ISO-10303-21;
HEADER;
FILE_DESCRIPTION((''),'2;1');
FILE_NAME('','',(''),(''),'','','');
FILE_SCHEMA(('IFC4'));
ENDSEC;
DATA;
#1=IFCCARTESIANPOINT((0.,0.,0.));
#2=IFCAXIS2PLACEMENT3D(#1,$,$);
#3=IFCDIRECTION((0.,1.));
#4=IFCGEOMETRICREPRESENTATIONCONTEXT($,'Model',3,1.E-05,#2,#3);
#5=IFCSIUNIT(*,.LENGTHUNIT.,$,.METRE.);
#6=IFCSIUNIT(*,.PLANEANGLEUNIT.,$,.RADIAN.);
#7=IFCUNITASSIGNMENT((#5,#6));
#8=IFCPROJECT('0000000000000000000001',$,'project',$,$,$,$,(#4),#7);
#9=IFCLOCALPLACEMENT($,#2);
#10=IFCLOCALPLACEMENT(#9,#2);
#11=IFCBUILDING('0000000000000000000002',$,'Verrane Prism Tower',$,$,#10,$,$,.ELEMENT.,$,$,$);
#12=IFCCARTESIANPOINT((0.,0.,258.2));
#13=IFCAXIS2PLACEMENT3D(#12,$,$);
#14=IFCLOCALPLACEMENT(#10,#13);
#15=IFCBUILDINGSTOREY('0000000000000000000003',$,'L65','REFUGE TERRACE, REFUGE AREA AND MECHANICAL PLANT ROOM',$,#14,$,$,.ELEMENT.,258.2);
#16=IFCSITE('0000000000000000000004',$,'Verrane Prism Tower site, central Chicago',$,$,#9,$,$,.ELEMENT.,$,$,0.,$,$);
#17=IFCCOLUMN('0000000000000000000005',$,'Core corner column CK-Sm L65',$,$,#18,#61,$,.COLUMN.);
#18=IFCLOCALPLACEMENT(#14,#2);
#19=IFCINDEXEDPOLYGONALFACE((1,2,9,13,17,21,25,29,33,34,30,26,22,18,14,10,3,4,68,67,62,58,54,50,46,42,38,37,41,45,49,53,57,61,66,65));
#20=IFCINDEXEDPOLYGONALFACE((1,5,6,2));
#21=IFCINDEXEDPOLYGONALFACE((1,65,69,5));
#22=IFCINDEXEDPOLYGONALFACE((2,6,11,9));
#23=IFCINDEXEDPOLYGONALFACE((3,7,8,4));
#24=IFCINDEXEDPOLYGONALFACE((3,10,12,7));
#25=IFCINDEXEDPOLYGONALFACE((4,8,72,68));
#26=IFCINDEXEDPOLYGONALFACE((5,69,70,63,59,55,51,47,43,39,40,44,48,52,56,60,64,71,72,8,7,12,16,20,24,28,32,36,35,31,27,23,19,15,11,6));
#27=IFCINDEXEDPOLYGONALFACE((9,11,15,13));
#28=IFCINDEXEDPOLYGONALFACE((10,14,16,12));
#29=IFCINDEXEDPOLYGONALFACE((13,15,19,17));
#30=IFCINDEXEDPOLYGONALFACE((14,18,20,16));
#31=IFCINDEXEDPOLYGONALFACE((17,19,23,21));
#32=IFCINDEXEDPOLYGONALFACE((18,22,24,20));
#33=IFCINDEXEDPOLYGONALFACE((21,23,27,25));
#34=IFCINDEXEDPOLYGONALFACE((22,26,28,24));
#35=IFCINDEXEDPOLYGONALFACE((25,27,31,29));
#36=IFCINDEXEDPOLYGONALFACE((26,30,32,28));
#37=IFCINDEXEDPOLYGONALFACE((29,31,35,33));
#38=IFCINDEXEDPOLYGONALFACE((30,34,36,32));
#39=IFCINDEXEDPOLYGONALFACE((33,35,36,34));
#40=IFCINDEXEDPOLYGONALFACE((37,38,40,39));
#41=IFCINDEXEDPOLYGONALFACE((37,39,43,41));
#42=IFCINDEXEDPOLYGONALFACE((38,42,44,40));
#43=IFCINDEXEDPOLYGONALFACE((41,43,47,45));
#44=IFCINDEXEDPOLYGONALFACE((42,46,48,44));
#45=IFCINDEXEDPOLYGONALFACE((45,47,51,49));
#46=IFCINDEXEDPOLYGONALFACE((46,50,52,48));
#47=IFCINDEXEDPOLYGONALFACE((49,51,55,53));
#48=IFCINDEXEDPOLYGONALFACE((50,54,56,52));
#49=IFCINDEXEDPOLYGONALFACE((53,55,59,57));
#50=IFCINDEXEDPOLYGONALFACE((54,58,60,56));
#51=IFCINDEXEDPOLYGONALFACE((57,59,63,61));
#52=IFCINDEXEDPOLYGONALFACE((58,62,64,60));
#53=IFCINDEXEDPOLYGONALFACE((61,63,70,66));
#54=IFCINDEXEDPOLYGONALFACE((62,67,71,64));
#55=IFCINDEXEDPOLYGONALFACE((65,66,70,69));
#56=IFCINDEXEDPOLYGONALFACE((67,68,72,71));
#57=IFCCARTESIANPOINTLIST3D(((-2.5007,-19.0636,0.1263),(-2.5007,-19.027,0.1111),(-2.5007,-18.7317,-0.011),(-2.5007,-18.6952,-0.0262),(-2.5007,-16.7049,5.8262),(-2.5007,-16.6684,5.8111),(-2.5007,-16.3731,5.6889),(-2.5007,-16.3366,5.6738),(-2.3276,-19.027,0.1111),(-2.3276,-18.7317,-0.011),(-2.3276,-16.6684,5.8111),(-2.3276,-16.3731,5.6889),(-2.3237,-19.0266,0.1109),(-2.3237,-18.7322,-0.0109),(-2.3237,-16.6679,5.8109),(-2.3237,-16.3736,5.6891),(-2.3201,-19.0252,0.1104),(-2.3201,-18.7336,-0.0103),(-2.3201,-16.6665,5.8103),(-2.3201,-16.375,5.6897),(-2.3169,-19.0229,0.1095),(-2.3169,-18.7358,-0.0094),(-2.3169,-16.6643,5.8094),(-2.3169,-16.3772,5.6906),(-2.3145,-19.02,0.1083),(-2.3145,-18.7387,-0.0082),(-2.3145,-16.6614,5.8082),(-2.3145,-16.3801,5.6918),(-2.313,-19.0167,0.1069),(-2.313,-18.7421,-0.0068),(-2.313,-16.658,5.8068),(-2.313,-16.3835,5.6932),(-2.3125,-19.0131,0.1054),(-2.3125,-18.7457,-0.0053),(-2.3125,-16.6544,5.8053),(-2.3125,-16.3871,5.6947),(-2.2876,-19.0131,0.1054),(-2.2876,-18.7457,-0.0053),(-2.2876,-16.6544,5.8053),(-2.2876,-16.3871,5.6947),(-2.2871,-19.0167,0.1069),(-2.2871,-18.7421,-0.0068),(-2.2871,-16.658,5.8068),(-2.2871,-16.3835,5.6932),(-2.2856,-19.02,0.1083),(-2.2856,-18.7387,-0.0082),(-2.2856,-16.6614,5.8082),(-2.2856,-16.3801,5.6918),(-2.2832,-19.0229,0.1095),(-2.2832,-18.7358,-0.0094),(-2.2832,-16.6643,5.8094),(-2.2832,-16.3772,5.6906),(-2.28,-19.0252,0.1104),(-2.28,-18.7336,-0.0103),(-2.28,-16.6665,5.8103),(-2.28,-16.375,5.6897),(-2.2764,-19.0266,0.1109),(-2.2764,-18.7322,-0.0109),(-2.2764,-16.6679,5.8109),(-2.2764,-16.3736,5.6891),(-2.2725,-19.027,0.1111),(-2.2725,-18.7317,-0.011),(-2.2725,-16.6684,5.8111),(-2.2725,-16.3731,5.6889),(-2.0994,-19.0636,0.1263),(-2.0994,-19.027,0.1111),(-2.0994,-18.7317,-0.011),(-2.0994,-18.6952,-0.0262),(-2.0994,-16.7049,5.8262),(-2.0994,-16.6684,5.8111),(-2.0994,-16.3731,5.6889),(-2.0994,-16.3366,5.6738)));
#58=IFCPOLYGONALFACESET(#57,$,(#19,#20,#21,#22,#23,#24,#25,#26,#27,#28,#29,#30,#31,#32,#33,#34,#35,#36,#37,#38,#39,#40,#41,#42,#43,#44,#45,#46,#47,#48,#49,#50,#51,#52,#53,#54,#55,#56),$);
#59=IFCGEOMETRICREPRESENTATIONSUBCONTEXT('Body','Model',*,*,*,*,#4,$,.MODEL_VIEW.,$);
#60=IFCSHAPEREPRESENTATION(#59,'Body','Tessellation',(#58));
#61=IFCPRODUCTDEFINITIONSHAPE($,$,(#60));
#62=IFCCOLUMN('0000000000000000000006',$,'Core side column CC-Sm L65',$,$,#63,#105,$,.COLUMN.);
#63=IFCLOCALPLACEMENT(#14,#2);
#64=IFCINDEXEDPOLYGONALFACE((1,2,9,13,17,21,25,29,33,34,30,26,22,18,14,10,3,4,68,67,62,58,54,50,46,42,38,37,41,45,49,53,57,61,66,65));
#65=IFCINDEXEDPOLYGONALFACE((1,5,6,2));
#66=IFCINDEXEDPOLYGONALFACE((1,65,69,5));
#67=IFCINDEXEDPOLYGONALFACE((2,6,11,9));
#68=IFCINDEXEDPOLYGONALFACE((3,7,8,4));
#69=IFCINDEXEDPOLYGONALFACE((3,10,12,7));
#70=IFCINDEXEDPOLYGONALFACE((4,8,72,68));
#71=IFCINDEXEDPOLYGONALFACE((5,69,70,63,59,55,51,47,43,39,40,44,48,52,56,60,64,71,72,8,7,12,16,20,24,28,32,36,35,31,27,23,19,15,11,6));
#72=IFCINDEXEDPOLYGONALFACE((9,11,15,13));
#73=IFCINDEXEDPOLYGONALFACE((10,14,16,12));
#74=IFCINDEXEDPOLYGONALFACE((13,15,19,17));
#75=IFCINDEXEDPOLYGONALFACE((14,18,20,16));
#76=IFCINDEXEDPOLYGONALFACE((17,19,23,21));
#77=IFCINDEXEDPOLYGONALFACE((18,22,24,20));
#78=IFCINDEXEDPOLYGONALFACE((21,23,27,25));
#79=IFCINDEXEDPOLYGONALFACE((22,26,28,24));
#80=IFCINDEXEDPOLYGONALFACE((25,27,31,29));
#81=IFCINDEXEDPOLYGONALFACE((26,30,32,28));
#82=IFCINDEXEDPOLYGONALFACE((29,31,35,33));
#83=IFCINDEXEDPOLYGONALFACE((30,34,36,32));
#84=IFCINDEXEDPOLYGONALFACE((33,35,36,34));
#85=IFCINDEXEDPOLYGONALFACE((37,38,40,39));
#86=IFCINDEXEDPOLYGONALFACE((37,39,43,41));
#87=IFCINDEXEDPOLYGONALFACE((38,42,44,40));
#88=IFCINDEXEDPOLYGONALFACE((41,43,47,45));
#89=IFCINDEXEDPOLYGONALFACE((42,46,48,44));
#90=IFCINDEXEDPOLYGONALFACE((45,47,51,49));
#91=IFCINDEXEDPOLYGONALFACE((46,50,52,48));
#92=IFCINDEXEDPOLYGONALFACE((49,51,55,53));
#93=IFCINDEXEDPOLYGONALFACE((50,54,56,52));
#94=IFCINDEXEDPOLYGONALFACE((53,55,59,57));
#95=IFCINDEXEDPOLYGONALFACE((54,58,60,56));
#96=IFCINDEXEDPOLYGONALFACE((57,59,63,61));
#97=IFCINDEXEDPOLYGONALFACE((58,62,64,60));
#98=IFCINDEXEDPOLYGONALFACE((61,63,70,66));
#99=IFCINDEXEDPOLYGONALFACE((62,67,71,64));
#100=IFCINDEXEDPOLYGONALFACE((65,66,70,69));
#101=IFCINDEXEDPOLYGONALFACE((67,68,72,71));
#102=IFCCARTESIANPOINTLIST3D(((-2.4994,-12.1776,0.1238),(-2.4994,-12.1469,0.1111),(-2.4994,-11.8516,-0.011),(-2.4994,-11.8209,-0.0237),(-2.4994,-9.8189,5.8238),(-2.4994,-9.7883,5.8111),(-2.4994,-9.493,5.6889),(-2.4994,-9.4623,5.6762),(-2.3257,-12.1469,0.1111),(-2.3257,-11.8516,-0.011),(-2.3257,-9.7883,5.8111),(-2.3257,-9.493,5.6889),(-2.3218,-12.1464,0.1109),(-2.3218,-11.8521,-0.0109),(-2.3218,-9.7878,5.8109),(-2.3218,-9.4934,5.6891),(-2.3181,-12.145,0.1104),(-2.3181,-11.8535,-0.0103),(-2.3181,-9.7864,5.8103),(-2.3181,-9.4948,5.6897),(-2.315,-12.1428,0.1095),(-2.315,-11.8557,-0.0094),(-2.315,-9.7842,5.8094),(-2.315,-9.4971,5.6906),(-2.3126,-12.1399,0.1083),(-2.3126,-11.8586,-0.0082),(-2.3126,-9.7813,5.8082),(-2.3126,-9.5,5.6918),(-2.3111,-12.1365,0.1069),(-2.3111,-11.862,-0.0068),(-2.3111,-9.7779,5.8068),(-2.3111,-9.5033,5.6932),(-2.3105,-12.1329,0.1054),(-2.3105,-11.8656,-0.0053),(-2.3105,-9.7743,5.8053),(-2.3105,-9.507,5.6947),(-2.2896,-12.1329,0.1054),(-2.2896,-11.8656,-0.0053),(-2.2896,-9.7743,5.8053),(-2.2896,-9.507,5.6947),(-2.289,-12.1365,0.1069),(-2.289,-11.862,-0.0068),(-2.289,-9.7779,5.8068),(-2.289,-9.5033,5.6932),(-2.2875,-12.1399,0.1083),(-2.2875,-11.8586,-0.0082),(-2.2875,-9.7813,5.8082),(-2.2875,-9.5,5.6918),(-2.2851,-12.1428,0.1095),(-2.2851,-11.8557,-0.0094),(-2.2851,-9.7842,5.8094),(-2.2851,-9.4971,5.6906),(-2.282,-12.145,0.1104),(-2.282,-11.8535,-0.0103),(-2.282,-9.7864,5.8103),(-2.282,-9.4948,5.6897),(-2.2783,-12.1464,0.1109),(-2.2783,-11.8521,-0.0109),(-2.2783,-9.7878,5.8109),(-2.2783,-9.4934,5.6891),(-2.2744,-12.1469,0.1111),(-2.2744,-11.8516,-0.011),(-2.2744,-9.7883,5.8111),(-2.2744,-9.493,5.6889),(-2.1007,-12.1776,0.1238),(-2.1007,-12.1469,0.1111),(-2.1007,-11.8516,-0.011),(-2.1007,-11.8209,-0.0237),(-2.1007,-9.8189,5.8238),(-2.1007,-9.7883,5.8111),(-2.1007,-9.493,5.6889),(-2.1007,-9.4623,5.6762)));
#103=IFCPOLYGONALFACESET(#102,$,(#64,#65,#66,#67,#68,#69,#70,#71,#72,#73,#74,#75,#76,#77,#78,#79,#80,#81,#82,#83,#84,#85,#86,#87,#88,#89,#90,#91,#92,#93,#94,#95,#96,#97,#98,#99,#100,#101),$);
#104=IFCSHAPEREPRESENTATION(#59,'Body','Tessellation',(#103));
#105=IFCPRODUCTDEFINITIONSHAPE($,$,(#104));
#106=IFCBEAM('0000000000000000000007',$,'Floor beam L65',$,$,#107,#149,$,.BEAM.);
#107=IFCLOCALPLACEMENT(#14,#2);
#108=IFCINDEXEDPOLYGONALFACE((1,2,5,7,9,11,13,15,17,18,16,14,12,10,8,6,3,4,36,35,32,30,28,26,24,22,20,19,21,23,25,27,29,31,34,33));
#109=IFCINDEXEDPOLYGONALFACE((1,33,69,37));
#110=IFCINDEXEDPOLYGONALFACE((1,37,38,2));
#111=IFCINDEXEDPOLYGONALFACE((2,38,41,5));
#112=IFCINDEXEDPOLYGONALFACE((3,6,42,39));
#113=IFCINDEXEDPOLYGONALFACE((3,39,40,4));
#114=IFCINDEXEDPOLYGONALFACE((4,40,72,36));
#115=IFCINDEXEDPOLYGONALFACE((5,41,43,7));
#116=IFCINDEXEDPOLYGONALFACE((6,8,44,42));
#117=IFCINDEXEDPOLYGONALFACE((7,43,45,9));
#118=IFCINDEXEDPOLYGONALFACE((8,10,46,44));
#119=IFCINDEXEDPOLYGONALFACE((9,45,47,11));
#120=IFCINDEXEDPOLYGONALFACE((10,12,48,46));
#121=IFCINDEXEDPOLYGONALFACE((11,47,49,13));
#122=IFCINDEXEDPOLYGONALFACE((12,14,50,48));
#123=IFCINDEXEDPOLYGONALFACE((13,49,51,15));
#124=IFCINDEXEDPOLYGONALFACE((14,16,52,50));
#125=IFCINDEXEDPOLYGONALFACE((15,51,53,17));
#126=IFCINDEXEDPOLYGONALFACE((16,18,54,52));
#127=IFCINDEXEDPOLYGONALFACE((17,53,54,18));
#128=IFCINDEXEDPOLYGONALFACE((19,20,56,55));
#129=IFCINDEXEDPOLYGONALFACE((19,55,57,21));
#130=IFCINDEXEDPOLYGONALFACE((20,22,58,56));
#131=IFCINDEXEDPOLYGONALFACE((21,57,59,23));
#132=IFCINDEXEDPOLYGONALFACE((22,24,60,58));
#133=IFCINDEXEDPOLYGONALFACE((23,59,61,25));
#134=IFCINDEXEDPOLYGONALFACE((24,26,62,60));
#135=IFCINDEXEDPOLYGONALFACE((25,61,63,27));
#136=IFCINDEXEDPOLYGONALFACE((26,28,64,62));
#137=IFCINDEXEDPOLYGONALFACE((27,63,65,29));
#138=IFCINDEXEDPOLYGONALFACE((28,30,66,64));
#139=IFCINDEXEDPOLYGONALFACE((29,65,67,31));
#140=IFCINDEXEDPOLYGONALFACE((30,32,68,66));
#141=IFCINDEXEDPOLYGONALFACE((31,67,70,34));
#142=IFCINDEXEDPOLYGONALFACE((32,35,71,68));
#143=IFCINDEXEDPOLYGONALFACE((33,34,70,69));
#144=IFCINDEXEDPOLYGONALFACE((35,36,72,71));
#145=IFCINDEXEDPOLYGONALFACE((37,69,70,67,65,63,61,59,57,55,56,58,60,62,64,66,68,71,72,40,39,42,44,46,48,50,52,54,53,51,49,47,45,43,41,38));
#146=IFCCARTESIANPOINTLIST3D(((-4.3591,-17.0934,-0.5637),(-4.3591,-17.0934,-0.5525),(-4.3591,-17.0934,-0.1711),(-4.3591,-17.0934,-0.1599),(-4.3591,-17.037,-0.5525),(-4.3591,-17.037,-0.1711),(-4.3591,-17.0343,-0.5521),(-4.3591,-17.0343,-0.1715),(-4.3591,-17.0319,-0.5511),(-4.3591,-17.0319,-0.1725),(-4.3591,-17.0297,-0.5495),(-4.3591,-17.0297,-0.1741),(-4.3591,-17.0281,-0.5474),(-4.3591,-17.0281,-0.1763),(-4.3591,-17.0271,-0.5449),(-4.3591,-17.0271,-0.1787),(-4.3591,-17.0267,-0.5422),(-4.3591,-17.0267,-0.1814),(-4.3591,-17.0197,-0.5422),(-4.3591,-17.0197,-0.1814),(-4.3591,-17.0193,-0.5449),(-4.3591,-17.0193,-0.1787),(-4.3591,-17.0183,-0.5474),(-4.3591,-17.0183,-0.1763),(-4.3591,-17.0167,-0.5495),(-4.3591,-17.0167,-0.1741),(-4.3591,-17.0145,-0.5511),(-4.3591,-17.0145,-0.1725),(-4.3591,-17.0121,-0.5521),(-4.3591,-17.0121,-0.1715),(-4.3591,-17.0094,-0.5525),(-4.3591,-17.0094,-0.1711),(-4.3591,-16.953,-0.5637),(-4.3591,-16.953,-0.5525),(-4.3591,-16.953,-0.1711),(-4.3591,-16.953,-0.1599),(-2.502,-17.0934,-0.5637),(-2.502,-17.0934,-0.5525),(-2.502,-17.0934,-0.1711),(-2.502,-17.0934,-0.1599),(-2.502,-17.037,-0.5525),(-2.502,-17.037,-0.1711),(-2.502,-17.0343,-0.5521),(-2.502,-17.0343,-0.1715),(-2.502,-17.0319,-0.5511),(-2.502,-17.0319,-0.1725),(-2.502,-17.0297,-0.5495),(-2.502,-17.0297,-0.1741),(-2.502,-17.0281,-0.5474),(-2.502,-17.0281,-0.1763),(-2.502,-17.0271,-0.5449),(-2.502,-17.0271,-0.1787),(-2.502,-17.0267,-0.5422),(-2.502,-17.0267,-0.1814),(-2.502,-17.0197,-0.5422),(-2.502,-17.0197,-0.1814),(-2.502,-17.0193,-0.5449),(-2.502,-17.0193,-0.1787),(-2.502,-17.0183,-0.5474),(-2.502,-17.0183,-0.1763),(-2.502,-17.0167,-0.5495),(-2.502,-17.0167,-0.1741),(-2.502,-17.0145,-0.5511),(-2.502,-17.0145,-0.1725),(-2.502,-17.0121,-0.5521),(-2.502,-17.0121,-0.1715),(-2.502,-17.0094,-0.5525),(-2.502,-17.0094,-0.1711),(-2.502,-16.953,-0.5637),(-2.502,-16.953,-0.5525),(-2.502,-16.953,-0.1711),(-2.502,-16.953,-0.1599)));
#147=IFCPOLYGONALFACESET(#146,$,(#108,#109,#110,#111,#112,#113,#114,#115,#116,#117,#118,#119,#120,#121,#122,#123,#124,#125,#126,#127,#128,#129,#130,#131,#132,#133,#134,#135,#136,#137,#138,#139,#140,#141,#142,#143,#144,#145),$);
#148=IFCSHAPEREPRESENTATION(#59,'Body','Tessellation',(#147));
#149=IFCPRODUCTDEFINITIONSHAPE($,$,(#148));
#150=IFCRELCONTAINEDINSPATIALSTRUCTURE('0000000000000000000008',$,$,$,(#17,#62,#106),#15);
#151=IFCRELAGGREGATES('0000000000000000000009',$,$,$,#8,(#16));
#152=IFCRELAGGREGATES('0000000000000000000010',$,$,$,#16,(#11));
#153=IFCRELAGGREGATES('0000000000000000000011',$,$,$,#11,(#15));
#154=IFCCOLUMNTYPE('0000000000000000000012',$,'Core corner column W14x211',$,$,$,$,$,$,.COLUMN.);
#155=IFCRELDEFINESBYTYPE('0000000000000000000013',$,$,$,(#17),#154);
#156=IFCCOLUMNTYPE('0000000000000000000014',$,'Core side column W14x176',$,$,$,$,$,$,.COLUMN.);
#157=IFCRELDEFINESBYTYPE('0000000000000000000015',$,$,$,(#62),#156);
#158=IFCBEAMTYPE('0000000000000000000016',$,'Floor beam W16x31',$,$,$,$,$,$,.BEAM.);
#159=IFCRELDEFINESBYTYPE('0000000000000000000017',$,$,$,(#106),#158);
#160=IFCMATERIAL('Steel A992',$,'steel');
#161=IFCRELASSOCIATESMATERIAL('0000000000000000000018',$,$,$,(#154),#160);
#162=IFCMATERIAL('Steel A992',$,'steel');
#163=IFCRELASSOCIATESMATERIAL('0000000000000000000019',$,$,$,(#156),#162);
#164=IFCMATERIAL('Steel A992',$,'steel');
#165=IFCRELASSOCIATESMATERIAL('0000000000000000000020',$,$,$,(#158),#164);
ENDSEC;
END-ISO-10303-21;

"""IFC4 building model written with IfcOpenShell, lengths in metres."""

from ifc_helpers import new_model, si_unit, direction, frame, origin, origin_2d, place, context, subcontext, project, spatial, i_section, extrude, material, material_profile, profile_set, type_object, element, save


model = new_model("IFC4")

# Units and contexts
model_context = context("Model", 3, precision=1e-05, world=origin(), true_north=direction((0.0, 1.0)))
body_context = subcontext(model_context, "Body", "Model", "MODEL_VIEW")
ifc_project = project(units=[si_unit("LENGTHUNIT", "METRE"), si_unit("PLANEANGLEUNIT", "RADIAN")], contexts=[model_context])

# Site, building, storey
site_placement = place(None, origin())
site = spatial("IfcSite", under=ifc_project, at=site_placement, Name="Verrane Prism Tower site, central Chicago", CompositionType="ELEMENT", RefElevation=0.0)
building_placement = place(site_placement, origin())
building = spatial("IfcBuilding", under=site, at=building_placement, Name="Verrane Prism Tower", CompositionType="ELEMENT")
storey_placement = place(building_placement, frame((0.0, 0.0, 258.2)))
storey = spatial("IfcBuildingStorey", under=building, at=storey_placement, Name="L65", Description="REFUGE TERRACE, REFUGE AREA AND MECHANICAL PLANT ROOM", CompositionType="ELEMENT", Elevation=258.2)

# Columns
ifc_material_1 = material(Name="Steel A992", Category="steel")
ifc_material_profile_1 = material_profile(ifc_material_1, i_section(OverallWidth=0.4014, OverallDepth=0.3987, WebThickness=0.0249, FlangeThickness=0.0396, FilletRadius=0.0151, at=origin_2d()), Name="W14x211")
ifc_profile_set_1 = profile_set([ifc_material_profile_1], Name="Steel A992")
column_type_1 = type_object("IfcColumnType", Name="Core corner column W14x211", PredefinedType="COLUMN", material=ifc_profile_set_1)
column_1_placement = place(storey_placement, frame((-2.3, -18.8794, 0.05), z_axis=(0.0, 0.382358, 0.924014), x_axis=(-1.0, 0.0, 0.0)))
element("IfcColumn", 1, at=column_1_placement, inside=storey, type_object=column_type_1, Name="Core corner column CK-Sm L65", PredefinedType="COLUMN", context=body_context, shape_type="SweptSolid", body=[
    extrude(i_section(OverallWidth=0.4014, OverallDepth=0.3987, WebThickness=0.0249, FlangeThickness=0.0396, FilletRadius=0.0151, at=origin_2d()), origin(), (0.0, 0.0, 1.0), 6.1687),
])
ifc_material_2 = material(Name="Steel A992", Category="steel")
ifc_material_profile_2 = material_profile(ifc_material_2, i_section(OverallWidth=0.3987, OverallDepth=0.386, WebThickness=0.021, FlangeThickness=0.0332, FilletRadius=0.0151, at=origin_2d()), Name="W14x176")
ifc_profile_set_2 = profile_set([ifc_material_profile_2], Name="Steel A992")
column_type_2 = type_object("IfcColumnType", Name="Core side column W14x176", PredefinedType="COLUMN", material=ifc_profile_set_2)
column_2_placement = place(storey_placement, frame((-2.3, -11.9993, 0.05), z_axis=(0.0, 0.382358, 0.924014), x_axis=(1.0, 0.0, 0.0)))
element("IfcColumn", 2, at=column_2_placement, inside=storey, type_object=column_type_2, Name="Core side column CC-Sm L65", PredefinedType="COLUMN", context=body_context, shape_type="SweptSolid", body=[
    extrude(i_section(OverallWidth=0.3987, OverallDepth=0.386, WebThickness=0.021, FlangeThickness=0.0332, FilletRadius=0.0151, at=origin_2d()), origin(), (0.0, 0.0, 1.0), 6.1687),
])

# Beam
ifc_material_3 = material(Name="Steel A992", Category="steel")
ifc_material_profile_3 = material_profile(ifc_material_3, i_section(OverallWidth=0.1404, OverallDepth=0.4038, WebThickness=0.0071, FlangeThickness=0.0112, FilletRadius=0.0103, at=origin_2d()), Name="W16x31")
ifc_profile_set_3 = profile_set([ifc_material_profile_3], Name="Steel A992")
beam_type_1 = type_object("IfcBeamType", Name="Floor beam W16x31", PredefinedType="BEAM", material=ifc_profile_set_3)
beam_1_placement = place(storey_placement, frame((-4.3591, -17.0232, -0.3618), z_axis=(1.0, 0.0, 0.0), x_axis=(0.0, 1.0, 0.0)))
element("IfcBeam", 3, at=beam_1_placement, inside=storey, type_object=beam_type_1, Name="Floor beam L65", PredefinedType="BEAM", context=body_context, shape_type="SweptSolid", body=[
    extrude(i_section(OverallWidth=0.1404, OverallDepth=0.4038, WebThickness=0.0071, FlangeThickness=0.0112, FilletRadius=0.0103, at=origin_2d()), origin(), (0.0, 0.0, 1.0), 1.8572),
])

save(model, "model.ifc")
